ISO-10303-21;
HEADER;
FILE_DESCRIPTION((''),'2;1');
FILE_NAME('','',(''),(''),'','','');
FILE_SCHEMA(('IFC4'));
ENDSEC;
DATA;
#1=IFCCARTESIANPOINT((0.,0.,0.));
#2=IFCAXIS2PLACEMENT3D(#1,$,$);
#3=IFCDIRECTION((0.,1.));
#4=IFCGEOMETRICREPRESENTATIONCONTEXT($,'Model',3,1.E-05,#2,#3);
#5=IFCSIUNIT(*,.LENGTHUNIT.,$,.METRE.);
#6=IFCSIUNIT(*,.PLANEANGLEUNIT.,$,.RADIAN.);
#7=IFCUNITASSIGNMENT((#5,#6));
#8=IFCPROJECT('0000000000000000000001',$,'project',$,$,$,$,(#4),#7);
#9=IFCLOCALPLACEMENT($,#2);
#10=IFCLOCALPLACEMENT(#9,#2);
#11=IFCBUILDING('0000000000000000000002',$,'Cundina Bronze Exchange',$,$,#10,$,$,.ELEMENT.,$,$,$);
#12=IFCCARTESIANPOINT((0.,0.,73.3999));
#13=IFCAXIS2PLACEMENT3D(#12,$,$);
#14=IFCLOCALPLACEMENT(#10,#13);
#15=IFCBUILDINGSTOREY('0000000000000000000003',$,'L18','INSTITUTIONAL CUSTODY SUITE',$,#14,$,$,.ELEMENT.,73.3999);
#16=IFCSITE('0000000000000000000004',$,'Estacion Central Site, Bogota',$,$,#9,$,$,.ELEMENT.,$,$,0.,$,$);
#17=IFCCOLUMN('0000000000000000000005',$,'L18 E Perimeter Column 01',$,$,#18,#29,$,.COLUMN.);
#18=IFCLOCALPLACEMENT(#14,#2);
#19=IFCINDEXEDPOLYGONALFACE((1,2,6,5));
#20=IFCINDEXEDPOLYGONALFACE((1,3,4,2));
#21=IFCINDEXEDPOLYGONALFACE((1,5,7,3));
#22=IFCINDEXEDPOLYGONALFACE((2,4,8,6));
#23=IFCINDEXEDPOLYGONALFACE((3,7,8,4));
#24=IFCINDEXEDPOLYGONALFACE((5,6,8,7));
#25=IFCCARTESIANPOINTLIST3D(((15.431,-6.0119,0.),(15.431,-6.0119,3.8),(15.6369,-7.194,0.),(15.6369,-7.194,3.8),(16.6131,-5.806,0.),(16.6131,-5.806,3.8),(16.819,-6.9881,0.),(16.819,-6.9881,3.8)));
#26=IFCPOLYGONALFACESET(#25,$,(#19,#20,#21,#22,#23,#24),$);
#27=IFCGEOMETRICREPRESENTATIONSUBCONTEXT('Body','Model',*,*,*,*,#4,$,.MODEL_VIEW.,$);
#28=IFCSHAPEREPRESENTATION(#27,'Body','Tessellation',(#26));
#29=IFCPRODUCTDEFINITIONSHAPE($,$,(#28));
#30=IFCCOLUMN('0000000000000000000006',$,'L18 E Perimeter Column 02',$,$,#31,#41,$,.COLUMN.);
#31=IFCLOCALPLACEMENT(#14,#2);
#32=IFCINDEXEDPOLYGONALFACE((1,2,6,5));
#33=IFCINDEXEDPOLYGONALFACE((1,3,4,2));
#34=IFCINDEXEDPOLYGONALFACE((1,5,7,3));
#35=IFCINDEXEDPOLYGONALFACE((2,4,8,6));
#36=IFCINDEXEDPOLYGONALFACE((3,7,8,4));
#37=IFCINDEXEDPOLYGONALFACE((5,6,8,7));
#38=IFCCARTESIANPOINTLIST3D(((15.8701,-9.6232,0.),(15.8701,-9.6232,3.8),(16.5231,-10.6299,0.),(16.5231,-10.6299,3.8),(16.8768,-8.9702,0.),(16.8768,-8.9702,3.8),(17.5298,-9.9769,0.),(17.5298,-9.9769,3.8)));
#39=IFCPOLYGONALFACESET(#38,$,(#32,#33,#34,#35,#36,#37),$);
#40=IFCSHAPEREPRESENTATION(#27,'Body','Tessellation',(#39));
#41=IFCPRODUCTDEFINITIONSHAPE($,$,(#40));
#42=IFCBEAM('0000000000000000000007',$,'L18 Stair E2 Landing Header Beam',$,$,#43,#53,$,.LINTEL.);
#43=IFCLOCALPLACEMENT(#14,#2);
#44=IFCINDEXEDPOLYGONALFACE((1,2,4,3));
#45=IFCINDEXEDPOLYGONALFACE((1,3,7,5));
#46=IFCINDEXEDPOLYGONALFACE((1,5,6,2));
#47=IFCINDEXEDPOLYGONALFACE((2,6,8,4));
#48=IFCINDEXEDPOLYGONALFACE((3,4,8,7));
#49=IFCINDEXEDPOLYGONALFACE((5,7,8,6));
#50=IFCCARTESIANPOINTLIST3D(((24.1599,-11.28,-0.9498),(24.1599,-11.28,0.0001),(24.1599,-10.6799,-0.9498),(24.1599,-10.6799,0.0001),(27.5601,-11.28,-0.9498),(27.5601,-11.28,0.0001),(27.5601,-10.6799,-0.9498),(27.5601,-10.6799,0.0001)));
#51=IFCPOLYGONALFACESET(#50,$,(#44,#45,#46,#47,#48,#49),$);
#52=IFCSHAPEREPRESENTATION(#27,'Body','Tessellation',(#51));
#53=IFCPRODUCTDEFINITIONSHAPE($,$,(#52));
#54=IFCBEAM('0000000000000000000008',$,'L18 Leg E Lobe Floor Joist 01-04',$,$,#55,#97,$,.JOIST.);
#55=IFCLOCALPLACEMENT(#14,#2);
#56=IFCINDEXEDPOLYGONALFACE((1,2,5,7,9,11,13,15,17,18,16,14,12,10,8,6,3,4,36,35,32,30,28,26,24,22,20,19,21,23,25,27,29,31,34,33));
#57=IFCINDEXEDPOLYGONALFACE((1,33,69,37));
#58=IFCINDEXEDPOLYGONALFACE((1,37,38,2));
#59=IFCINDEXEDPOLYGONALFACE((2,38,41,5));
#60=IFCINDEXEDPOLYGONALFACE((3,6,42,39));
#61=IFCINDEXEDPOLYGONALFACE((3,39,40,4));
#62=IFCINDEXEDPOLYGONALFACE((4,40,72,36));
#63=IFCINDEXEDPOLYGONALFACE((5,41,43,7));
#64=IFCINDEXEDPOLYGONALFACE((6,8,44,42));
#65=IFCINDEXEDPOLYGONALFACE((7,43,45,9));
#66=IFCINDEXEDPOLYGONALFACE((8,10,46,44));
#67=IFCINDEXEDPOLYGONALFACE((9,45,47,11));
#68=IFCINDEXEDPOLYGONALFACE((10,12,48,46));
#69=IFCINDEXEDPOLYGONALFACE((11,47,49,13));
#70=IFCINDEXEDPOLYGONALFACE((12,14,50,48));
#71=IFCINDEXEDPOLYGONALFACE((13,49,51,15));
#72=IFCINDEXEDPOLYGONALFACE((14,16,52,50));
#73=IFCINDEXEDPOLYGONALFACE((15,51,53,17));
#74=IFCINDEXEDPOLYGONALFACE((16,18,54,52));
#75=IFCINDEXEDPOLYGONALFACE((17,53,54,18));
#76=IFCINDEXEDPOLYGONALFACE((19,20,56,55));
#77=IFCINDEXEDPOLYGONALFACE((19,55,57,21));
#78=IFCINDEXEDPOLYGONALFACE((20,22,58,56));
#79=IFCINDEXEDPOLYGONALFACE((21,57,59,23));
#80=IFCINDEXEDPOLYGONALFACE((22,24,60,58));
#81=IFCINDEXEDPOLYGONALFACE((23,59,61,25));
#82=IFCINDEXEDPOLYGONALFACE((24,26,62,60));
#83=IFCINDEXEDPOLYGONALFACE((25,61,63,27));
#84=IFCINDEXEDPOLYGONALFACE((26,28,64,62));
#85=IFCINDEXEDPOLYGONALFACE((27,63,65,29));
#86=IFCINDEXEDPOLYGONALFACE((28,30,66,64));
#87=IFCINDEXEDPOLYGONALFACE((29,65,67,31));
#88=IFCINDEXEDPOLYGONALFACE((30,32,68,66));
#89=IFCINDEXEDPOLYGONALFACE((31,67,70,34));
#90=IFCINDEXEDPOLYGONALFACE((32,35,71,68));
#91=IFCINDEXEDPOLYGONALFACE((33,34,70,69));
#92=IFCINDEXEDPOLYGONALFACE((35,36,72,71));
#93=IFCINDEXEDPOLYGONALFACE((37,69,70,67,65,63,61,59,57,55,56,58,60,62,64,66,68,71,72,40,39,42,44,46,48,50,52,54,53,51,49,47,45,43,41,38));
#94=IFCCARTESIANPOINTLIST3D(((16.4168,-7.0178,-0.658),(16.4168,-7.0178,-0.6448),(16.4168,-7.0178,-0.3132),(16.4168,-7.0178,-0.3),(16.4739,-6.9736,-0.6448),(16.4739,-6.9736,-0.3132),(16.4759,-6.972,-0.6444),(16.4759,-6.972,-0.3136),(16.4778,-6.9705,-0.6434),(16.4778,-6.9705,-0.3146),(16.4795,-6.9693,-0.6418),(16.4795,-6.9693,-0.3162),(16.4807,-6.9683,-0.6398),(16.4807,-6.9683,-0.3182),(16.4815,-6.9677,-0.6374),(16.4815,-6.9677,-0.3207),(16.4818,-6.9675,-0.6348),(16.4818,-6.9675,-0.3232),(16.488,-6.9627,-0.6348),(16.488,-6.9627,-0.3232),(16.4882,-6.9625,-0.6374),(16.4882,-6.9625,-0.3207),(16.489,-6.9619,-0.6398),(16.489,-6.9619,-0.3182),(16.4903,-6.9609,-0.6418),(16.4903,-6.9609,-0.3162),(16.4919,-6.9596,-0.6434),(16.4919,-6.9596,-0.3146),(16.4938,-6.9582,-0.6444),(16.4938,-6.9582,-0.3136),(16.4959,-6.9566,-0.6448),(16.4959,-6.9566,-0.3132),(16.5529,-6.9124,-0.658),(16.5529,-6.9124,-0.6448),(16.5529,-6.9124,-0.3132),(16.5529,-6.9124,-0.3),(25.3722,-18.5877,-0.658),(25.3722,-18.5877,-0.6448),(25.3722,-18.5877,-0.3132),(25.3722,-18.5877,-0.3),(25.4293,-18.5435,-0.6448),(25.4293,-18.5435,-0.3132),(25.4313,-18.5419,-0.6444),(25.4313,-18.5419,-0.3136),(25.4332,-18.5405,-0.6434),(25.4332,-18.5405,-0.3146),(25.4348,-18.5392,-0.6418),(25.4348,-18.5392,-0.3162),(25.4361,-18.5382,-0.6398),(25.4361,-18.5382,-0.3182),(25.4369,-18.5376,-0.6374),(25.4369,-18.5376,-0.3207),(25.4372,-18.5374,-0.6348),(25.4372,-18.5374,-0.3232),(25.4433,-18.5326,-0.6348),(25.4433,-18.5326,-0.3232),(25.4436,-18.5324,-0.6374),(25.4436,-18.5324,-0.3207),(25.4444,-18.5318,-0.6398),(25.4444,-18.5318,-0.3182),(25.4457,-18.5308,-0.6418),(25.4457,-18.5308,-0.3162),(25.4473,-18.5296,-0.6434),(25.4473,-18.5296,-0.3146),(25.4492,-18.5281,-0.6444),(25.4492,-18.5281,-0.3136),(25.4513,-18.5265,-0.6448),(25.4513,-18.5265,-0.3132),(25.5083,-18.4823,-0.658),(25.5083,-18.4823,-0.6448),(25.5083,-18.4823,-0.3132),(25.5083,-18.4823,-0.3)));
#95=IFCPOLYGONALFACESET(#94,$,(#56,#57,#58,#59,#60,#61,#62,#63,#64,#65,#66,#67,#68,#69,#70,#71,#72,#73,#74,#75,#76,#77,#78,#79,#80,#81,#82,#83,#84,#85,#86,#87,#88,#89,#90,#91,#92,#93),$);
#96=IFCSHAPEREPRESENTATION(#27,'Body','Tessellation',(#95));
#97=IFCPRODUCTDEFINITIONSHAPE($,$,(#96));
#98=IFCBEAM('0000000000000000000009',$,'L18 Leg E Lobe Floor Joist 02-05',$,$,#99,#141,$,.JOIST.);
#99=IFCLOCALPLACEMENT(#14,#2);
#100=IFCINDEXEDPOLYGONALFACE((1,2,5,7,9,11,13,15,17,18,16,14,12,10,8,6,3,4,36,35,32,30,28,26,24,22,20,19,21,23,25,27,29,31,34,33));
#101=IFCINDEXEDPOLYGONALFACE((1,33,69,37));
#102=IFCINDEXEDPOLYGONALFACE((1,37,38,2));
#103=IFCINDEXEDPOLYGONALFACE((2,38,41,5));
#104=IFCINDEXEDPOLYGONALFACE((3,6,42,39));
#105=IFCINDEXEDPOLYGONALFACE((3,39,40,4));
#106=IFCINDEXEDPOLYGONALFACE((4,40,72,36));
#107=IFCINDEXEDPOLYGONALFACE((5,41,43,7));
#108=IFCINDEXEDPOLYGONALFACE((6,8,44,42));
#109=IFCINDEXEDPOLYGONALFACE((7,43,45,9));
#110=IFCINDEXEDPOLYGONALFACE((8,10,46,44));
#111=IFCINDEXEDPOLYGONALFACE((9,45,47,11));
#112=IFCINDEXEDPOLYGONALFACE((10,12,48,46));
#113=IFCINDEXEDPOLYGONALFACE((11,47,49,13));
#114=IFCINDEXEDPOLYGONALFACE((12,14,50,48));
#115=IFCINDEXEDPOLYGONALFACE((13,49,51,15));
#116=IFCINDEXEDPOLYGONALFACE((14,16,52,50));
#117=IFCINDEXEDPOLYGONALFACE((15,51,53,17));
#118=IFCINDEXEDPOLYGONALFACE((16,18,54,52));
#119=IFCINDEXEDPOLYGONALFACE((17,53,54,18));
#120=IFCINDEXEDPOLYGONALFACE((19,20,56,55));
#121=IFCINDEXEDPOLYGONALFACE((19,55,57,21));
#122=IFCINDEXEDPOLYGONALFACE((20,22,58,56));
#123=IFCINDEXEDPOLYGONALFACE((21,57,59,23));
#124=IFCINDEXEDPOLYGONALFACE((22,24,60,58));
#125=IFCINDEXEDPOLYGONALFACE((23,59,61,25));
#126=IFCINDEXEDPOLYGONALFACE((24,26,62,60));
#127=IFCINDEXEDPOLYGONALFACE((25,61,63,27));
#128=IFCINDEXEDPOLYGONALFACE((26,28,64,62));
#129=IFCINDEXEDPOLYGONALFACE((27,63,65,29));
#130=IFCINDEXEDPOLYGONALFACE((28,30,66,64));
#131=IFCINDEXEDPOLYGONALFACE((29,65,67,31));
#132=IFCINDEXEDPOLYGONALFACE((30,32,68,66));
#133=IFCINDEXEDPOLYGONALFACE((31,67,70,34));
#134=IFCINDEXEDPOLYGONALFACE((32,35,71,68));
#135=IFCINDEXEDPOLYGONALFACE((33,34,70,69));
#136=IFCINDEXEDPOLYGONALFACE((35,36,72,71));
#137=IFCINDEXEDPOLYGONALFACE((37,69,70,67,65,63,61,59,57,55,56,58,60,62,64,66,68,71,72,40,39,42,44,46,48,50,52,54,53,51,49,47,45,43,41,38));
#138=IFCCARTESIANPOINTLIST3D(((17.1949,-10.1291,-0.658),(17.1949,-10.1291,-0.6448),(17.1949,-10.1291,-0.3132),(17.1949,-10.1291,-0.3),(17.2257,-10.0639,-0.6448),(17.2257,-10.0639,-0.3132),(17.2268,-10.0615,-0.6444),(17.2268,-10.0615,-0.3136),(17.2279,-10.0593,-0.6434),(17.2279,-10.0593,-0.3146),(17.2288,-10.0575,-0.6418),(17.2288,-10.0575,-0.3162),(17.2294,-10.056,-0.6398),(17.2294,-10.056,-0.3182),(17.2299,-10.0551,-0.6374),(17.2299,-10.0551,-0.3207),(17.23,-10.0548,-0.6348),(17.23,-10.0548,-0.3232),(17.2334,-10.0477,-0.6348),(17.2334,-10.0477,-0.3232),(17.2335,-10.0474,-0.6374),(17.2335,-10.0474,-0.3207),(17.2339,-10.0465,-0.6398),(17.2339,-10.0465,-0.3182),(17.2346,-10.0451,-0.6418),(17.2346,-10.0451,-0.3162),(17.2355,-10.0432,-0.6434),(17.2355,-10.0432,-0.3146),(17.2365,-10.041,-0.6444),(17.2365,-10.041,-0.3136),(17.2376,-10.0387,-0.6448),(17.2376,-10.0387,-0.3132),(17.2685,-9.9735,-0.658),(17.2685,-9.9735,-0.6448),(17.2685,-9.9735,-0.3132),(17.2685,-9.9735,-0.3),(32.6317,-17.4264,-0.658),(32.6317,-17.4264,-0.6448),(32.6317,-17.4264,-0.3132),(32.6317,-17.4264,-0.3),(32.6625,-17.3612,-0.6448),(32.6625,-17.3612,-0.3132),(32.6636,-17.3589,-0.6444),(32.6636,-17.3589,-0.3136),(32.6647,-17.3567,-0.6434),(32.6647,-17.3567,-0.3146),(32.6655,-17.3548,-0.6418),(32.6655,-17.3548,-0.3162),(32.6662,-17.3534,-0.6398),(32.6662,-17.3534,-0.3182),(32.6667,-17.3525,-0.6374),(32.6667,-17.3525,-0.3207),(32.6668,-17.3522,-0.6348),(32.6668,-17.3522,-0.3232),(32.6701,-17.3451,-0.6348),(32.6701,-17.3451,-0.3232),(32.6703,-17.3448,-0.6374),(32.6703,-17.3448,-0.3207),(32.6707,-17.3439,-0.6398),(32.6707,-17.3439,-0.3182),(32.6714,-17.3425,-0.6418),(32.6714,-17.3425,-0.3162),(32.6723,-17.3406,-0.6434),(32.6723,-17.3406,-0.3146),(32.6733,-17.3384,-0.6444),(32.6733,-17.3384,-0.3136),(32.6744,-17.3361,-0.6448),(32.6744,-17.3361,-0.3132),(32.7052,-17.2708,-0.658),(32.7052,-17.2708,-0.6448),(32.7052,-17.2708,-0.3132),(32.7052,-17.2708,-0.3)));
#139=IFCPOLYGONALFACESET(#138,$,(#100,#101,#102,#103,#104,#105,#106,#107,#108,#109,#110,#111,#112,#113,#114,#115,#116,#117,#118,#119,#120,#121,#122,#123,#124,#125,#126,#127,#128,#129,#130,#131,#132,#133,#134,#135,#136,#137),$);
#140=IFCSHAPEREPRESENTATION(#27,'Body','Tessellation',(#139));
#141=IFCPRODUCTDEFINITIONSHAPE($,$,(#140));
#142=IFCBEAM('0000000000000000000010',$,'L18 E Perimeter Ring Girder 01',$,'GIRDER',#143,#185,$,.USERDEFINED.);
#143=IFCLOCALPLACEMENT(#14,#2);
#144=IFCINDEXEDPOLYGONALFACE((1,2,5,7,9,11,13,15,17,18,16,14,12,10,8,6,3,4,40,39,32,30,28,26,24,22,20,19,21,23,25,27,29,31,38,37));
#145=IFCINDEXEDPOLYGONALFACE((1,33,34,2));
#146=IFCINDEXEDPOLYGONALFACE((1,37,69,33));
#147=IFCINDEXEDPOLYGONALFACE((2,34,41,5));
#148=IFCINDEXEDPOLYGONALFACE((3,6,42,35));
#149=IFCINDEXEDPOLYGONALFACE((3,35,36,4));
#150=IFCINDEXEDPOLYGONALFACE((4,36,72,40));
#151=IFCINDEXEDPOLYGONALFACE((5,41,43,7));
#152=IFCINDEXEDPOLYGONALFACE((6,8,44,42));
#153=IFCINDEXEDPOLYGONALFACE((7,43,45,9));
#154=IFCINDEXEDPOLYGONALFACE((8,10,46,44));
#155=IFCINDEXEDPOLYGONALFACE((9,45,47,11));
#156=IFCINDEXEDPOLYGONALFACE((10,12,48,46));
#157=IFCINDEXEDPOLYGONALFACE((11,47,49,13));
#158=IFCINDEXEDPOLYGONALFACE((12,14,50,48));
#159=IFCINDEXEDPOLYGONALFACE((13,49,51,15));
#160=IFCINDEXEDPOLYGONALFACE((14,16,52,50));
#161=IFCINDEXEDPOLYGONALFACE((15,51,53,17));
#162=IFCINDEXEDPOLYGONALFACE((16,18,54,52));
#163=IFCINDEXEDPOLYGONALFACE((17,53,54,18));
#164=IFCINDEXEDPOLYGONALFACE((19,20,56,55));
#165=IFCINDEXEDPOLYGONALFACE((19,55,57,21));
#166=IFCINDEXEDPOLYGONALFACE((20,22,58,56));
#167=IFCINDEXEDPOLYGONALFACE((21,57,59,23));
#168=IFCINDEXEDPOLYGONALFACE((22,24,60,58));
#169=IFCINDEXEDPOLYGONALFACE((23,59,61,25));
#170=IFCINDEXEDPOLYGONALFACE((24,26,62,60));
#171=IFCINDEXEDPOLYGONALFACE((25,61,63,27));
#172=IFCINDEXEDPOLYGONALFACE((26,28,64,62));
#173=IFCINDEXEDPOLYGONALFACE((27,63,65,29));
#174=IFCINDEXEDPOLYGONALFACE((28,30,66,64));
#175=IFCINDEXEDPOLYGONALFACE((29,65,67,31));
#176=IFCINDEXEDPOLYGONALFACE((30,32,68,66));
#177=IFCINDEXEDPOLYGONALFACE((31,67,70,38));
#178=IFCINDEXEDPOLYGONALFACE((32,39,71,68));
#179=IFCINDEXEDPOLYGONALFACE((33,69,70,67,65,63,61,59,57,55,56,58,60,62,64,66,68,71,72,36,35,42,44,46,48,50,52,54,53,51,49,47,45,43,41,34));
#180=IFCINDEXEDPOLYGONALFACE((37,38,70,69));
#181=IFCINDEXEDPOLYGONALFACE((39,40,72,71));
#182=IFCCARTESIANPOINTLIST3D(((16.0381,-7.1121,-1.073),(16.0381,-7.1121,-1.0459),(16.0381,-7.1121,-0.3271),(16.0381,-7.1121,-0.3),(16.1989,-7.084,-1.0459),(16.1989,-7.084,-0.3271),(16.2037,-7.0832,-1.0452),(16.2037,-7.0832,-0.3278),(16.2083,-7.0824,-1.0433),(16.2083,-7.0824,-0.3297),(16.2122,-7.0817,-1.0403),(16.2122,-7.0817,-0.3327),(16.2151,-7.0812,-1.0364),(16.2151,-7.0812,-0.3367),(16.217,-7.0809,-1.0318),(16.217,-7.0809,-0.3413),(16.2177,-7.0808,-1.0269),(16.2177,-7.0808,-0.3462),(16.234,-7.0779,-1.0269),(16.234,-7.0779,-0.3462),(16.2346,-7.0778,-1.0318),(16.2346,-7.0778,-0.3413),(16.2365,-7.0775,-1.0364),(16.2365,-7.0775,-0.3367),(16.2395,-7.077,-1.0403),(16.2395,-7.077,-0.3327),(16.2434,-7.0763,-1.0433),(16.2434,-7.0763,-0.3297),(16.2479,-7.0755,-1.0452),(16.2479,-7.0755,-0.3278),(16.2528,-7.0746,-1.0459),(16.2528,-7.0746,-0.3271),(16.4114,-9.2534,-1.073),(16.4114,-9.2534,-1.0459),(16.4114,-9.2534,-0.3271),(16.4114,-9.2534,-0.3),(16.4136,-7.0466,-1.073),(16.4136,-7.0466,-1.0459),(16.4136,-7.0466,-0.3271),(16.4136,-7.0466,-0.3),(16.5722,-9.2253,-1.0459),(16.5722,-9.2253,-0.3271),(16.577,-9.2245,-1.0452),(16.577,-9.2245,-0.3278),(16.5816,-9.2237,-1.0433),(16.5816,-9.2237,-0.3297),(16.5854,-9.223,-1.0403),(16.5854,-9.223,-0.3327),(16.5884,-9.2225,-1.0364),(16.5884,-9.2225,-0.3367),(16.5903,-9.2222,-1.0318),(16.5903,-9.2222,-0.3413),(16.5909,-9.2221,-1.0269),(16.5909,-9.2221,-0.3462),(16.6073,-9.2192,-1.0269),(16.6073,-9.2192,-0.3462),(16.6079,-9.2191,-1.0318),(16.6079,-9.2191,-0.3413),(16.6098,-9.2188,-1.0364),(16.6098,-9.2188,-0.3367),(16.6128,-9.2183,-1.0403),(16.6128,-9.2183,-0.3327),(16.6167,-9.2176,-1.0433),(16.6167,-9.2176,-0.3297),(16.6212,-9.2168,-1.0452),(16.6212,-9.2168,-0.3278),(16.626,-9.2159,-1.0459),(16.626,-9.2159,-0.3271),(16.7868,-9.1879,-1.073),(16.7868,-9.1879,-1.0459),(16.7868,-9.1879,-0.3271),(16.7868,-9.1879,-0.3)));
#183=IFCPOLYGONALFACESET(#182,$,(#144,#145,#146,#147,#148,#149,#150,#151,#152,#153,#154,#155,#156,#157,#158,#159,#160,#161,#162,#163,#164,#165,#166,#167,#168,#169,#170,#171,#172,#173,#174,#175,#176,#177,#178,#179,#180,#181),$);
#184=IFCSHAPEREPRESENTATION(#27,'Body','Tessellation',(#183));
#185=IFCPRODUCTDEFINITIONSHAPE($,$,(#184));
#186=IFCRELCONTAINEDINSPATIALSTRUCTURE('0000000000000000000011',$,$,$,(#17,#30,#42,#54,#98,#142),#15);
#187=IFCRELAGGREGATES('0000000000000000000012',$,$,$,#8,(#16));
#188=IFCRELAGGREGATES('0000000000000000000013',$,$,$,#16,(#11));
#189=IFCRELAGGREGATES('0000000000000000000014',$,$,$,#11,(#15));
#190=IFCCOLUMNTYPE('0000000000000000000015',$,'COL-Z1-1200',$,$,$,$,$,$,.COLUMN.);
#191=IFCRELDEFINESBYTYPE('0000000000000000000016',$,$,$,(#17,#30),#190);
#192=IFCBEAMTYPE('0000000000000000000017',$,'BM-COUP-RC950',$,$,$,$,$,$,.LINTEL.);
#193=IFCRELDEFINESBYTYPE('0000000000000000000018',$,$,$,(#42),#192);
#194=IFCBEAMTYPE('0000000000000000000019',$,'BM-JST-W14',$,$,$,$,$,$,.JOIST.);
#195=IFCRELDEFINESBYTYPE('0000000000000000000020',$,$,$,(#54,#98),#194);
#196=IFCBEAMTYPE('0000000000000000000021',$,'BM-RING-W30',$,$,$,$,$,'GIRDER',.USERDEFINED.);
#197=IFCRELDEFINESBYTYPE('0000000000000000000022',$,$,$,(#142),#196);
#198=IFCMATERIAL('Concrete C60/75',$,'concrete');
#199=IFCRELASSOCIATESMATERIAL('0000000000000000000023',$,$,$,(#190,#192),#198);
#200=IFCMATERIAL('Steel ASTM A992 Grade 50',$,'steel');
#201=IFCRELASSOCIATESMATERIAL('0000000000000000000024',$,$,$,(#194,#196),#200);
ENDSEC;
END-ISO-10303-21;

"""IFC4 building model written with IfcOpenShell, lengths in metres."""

from ifc_helpers import new_model, si_unit, direction, frame, origin, origin_2d, place, context, subcontext, project, spatial, rectangle, i_section, extrude, material, material_profile, profile_set, type_object, element, save


model = new_model("IFC4")

# Units and contexts
model_context = context("Model", 3, precision=1e-05, world=origin(), true_north=direction((0.0, 1.0)))
body_context = subcontext(model_context, "Body", "Model", "MODEL_VIEW")
ifc_project = project(units=[si_unit("LENGTHUNIT", "METRE"), si_unit("PLANEANGLEUNIT", "RADIAN")], contexts=[model_context])

# Site, building, storey
site_placement = place(None, origin())
site = spatial("IfcSite", under=ifc_project, at=site_placement, Name="Estacion Central Site, Bogota", CompositionType="ELEMENT", RefElevation=0.0)
building_placement = place(site_placement, origin())
building = spatial("IfcBuilding", under=site, at=building_placement, Name="Cundina Bronze Exchange", CompositionType="ELEMENT")
storey_placement = place(building_placement, frame((0.0, 0.0, 73.3999)))
storey = spatial("IfcBuildingStorey", under=building, at=storey_placement, Name="L18", Description="INSTITUTIONAL CUSTODY SUITE", CompositionType="ELEMENT", Elevation=73.3999)

# Columns
ifc_material_1 = material(Name="Concrete C60/75", Category="concrete")
ifc_material_profile_1 = material_profile(ifc_material_1, rectangle(XDim=1.2, YDim=1.2, at=origin_2d()), Name="RC1200X1200", Category="concrete")
ifc_profile_set_1 = profile_set([ifc_material_profile_1], Name="Concrete C60/75")
column_type = type_object("IfcColumnType", Name="COL-Z1-1200", PredefinedType="COLUMN", material=ifc_profile_set_1)
for number, where, z_axis, x_axis, name in (
    (1, (16.125, -6.5, 0.0), (0.0, 0.0, 1.0), (0.171585, -0.985169, 0.0), "L18 E Perimeter Column 01"),
    (2, (16.7, -9.8, 0.0), (0.0, 0.0, 1.0), (0.5442, -0.838956, 0.0), "L18 E Perimeter Column 02"),
):
    element("IfcColumn", number, at=place(storey_placement, frame(where, z_axis=z_axis, x_axis=x_axis)), inside=storey, type_object=column_type, Name=name, PredefinedType="COLUMN", context=body_context, shape_type="SweptSolid", body=[
        extrude(rectangle(XDim=1.2, YDim=1.2, at=origin_2d()), origin(), (0.0, 0.0, 1.0), 3.8),
    ])

# Beams
ifc_material_profile_2 = material_profile(ifc_material_1, rectangle(XDim=0.6001, YDim=0.95, at=origin_2d()), Name="RC600X950", Category="concrete")
ifc_profile_set_2 = profile_set([ifc_material_profile_2], Name="Concrete C60/75")
beam_type_1 = type_object("IfcBeamType", Name="BM-COUP-RC950", PredefinedType="LINTEL", material=ifc_profile_set_2)
beam_1_placement = place(storey_placement, frame((24.1599, -10.98, -0.4749), z_axis=(1.0, 0.0, 0.0), x_axis=(0.0, 1.0, 0.0)))
element("IfcBeam", 3, at=beam_1_placement, inside=storey, type_object=beam_type_1, Name="L18 Stair E2 Landing Header Beam", PredefinedType="LINTEL", context=body_context, shape_type="SweptSolid", body=[
    extrude(rectangle(XDim=0.6001, YDim=0.95, at=origin_2d()), origin(), (0.0, 0.0, 1.0), 3.4001),
])
ifc_material_2 = material(Name="Steel ASTM A992 Grade 50", Category="steel")
ifc_material_profile_3 = material_profile(ifc_material_2, i_section(OverallWidth=0.1721, OverallDepth=0.3579, WebThickness=0.0078, FlangeThickness=0.0132, FilletRadius=0.01, at=origin_2d()), Name="W14X38", Category="steel")
ifc_profile_set_3 = profile_set([ifc_material_profile_3], Name="Steel ASTM A992 Grade 50")
beam_type_2 = type_object("IfcBeamType", Name="BM-JST-W14", PredefinedType="JOIST", material=ifc_profile_set_3)
beam_2_placement = place(storey_placement, frame((16.4849, -6.9651, -0.479), z_axis=(0.612089, -0.790789, 0.0), x_axis=(0.790789, 0.612089, 0.0)))
element("IfcBeam", 4, at=beam_2_placement, inside=storey, type_object=beam_type_2, Name="L18 Leg E Lobe Floor Joist 01-04", PredefinedType="JOIST", context=body_context, shape_type="SweptSolid", body=[
    extrude(i_section(OverallWidth=0.1721, OverallDepth=0.3579, WebThickness=0.0078, FlangeThickness=0.0132, FilletRadius=0.01, at=origin_2d()), origin(), (0.0, 0.0, 1.0), 14.6309),
])
beam_3_placement = place(storey_placement, frame((17.2317, -10.0513, -0.479), z_axis=(0.904073, -0.427379, 0.0), x_axis=(0.427379, 0.904073, 0.0)))
element("IfcBeam", 5, at=beam_3_placement, inside=storey, type_object=beam_type_2, Name="L18 Leg E Lobe Floor Joist 02-05", PredefinedType="JOIST", context=body_context, shape_type="SweptSolid", body=[
    extrude(i_section(OverallWidth=0.1721, OverallDepth=0.3579, WebThickness=0.0078, FlangeThickness=0.0132, FilletRadius=0.01, at=origin_2d()), origin(), (0.0, 0.0, 1.0), 17.0747),
])
ifc_material_profile_4 = material_profile(ifc_material_2, i_section(OverallWidth=0.3811, OverallDepth=0.7729, WebThickness=0.0166, FlangeThickness=0.0271, FilletRadius=0.019, at=origin_2d()), Name="W30X173", Category="steel")
ifc_profile_set_4 = profile_set([ifc_material_profile_4], Name="Steel ASTM A992 Grade 50")
beam_type_3 = type_object("IfcBeamType", Name="BM-RING-W30", ElementType="GIRDER", PredefinedType="USERDEFINED", material=ifc_profile_set_4)
beam_4_placement = place(storey_placement, frame((16.2258, -7.0793, -0.6865), z_axis=(0.171735, -0.985143, 0.0), x_axis=(0.985143, 0.171735, 0.0)))
element("IfcBeam", 6, at=beam_4_placement, inside=storey, type_object=beam_type_3, Name="L18 E Perimeter Ring Girder 01", ObjectType="GIRDER", PredefinedType="USERDEFINED", context=body_context, shape_type="SweptSolid", body=[
    extrude(i_section(OverallWidth=0.3811, OverallDepth=0.7729, WebThickness=0.0166, FlangeThickness=0.0271, FilletRadius=0.019, at=origin_2d()), origin(), (0.0, 0.0, 1.0), 2.1736),
])

save(model, "model.ifc")
